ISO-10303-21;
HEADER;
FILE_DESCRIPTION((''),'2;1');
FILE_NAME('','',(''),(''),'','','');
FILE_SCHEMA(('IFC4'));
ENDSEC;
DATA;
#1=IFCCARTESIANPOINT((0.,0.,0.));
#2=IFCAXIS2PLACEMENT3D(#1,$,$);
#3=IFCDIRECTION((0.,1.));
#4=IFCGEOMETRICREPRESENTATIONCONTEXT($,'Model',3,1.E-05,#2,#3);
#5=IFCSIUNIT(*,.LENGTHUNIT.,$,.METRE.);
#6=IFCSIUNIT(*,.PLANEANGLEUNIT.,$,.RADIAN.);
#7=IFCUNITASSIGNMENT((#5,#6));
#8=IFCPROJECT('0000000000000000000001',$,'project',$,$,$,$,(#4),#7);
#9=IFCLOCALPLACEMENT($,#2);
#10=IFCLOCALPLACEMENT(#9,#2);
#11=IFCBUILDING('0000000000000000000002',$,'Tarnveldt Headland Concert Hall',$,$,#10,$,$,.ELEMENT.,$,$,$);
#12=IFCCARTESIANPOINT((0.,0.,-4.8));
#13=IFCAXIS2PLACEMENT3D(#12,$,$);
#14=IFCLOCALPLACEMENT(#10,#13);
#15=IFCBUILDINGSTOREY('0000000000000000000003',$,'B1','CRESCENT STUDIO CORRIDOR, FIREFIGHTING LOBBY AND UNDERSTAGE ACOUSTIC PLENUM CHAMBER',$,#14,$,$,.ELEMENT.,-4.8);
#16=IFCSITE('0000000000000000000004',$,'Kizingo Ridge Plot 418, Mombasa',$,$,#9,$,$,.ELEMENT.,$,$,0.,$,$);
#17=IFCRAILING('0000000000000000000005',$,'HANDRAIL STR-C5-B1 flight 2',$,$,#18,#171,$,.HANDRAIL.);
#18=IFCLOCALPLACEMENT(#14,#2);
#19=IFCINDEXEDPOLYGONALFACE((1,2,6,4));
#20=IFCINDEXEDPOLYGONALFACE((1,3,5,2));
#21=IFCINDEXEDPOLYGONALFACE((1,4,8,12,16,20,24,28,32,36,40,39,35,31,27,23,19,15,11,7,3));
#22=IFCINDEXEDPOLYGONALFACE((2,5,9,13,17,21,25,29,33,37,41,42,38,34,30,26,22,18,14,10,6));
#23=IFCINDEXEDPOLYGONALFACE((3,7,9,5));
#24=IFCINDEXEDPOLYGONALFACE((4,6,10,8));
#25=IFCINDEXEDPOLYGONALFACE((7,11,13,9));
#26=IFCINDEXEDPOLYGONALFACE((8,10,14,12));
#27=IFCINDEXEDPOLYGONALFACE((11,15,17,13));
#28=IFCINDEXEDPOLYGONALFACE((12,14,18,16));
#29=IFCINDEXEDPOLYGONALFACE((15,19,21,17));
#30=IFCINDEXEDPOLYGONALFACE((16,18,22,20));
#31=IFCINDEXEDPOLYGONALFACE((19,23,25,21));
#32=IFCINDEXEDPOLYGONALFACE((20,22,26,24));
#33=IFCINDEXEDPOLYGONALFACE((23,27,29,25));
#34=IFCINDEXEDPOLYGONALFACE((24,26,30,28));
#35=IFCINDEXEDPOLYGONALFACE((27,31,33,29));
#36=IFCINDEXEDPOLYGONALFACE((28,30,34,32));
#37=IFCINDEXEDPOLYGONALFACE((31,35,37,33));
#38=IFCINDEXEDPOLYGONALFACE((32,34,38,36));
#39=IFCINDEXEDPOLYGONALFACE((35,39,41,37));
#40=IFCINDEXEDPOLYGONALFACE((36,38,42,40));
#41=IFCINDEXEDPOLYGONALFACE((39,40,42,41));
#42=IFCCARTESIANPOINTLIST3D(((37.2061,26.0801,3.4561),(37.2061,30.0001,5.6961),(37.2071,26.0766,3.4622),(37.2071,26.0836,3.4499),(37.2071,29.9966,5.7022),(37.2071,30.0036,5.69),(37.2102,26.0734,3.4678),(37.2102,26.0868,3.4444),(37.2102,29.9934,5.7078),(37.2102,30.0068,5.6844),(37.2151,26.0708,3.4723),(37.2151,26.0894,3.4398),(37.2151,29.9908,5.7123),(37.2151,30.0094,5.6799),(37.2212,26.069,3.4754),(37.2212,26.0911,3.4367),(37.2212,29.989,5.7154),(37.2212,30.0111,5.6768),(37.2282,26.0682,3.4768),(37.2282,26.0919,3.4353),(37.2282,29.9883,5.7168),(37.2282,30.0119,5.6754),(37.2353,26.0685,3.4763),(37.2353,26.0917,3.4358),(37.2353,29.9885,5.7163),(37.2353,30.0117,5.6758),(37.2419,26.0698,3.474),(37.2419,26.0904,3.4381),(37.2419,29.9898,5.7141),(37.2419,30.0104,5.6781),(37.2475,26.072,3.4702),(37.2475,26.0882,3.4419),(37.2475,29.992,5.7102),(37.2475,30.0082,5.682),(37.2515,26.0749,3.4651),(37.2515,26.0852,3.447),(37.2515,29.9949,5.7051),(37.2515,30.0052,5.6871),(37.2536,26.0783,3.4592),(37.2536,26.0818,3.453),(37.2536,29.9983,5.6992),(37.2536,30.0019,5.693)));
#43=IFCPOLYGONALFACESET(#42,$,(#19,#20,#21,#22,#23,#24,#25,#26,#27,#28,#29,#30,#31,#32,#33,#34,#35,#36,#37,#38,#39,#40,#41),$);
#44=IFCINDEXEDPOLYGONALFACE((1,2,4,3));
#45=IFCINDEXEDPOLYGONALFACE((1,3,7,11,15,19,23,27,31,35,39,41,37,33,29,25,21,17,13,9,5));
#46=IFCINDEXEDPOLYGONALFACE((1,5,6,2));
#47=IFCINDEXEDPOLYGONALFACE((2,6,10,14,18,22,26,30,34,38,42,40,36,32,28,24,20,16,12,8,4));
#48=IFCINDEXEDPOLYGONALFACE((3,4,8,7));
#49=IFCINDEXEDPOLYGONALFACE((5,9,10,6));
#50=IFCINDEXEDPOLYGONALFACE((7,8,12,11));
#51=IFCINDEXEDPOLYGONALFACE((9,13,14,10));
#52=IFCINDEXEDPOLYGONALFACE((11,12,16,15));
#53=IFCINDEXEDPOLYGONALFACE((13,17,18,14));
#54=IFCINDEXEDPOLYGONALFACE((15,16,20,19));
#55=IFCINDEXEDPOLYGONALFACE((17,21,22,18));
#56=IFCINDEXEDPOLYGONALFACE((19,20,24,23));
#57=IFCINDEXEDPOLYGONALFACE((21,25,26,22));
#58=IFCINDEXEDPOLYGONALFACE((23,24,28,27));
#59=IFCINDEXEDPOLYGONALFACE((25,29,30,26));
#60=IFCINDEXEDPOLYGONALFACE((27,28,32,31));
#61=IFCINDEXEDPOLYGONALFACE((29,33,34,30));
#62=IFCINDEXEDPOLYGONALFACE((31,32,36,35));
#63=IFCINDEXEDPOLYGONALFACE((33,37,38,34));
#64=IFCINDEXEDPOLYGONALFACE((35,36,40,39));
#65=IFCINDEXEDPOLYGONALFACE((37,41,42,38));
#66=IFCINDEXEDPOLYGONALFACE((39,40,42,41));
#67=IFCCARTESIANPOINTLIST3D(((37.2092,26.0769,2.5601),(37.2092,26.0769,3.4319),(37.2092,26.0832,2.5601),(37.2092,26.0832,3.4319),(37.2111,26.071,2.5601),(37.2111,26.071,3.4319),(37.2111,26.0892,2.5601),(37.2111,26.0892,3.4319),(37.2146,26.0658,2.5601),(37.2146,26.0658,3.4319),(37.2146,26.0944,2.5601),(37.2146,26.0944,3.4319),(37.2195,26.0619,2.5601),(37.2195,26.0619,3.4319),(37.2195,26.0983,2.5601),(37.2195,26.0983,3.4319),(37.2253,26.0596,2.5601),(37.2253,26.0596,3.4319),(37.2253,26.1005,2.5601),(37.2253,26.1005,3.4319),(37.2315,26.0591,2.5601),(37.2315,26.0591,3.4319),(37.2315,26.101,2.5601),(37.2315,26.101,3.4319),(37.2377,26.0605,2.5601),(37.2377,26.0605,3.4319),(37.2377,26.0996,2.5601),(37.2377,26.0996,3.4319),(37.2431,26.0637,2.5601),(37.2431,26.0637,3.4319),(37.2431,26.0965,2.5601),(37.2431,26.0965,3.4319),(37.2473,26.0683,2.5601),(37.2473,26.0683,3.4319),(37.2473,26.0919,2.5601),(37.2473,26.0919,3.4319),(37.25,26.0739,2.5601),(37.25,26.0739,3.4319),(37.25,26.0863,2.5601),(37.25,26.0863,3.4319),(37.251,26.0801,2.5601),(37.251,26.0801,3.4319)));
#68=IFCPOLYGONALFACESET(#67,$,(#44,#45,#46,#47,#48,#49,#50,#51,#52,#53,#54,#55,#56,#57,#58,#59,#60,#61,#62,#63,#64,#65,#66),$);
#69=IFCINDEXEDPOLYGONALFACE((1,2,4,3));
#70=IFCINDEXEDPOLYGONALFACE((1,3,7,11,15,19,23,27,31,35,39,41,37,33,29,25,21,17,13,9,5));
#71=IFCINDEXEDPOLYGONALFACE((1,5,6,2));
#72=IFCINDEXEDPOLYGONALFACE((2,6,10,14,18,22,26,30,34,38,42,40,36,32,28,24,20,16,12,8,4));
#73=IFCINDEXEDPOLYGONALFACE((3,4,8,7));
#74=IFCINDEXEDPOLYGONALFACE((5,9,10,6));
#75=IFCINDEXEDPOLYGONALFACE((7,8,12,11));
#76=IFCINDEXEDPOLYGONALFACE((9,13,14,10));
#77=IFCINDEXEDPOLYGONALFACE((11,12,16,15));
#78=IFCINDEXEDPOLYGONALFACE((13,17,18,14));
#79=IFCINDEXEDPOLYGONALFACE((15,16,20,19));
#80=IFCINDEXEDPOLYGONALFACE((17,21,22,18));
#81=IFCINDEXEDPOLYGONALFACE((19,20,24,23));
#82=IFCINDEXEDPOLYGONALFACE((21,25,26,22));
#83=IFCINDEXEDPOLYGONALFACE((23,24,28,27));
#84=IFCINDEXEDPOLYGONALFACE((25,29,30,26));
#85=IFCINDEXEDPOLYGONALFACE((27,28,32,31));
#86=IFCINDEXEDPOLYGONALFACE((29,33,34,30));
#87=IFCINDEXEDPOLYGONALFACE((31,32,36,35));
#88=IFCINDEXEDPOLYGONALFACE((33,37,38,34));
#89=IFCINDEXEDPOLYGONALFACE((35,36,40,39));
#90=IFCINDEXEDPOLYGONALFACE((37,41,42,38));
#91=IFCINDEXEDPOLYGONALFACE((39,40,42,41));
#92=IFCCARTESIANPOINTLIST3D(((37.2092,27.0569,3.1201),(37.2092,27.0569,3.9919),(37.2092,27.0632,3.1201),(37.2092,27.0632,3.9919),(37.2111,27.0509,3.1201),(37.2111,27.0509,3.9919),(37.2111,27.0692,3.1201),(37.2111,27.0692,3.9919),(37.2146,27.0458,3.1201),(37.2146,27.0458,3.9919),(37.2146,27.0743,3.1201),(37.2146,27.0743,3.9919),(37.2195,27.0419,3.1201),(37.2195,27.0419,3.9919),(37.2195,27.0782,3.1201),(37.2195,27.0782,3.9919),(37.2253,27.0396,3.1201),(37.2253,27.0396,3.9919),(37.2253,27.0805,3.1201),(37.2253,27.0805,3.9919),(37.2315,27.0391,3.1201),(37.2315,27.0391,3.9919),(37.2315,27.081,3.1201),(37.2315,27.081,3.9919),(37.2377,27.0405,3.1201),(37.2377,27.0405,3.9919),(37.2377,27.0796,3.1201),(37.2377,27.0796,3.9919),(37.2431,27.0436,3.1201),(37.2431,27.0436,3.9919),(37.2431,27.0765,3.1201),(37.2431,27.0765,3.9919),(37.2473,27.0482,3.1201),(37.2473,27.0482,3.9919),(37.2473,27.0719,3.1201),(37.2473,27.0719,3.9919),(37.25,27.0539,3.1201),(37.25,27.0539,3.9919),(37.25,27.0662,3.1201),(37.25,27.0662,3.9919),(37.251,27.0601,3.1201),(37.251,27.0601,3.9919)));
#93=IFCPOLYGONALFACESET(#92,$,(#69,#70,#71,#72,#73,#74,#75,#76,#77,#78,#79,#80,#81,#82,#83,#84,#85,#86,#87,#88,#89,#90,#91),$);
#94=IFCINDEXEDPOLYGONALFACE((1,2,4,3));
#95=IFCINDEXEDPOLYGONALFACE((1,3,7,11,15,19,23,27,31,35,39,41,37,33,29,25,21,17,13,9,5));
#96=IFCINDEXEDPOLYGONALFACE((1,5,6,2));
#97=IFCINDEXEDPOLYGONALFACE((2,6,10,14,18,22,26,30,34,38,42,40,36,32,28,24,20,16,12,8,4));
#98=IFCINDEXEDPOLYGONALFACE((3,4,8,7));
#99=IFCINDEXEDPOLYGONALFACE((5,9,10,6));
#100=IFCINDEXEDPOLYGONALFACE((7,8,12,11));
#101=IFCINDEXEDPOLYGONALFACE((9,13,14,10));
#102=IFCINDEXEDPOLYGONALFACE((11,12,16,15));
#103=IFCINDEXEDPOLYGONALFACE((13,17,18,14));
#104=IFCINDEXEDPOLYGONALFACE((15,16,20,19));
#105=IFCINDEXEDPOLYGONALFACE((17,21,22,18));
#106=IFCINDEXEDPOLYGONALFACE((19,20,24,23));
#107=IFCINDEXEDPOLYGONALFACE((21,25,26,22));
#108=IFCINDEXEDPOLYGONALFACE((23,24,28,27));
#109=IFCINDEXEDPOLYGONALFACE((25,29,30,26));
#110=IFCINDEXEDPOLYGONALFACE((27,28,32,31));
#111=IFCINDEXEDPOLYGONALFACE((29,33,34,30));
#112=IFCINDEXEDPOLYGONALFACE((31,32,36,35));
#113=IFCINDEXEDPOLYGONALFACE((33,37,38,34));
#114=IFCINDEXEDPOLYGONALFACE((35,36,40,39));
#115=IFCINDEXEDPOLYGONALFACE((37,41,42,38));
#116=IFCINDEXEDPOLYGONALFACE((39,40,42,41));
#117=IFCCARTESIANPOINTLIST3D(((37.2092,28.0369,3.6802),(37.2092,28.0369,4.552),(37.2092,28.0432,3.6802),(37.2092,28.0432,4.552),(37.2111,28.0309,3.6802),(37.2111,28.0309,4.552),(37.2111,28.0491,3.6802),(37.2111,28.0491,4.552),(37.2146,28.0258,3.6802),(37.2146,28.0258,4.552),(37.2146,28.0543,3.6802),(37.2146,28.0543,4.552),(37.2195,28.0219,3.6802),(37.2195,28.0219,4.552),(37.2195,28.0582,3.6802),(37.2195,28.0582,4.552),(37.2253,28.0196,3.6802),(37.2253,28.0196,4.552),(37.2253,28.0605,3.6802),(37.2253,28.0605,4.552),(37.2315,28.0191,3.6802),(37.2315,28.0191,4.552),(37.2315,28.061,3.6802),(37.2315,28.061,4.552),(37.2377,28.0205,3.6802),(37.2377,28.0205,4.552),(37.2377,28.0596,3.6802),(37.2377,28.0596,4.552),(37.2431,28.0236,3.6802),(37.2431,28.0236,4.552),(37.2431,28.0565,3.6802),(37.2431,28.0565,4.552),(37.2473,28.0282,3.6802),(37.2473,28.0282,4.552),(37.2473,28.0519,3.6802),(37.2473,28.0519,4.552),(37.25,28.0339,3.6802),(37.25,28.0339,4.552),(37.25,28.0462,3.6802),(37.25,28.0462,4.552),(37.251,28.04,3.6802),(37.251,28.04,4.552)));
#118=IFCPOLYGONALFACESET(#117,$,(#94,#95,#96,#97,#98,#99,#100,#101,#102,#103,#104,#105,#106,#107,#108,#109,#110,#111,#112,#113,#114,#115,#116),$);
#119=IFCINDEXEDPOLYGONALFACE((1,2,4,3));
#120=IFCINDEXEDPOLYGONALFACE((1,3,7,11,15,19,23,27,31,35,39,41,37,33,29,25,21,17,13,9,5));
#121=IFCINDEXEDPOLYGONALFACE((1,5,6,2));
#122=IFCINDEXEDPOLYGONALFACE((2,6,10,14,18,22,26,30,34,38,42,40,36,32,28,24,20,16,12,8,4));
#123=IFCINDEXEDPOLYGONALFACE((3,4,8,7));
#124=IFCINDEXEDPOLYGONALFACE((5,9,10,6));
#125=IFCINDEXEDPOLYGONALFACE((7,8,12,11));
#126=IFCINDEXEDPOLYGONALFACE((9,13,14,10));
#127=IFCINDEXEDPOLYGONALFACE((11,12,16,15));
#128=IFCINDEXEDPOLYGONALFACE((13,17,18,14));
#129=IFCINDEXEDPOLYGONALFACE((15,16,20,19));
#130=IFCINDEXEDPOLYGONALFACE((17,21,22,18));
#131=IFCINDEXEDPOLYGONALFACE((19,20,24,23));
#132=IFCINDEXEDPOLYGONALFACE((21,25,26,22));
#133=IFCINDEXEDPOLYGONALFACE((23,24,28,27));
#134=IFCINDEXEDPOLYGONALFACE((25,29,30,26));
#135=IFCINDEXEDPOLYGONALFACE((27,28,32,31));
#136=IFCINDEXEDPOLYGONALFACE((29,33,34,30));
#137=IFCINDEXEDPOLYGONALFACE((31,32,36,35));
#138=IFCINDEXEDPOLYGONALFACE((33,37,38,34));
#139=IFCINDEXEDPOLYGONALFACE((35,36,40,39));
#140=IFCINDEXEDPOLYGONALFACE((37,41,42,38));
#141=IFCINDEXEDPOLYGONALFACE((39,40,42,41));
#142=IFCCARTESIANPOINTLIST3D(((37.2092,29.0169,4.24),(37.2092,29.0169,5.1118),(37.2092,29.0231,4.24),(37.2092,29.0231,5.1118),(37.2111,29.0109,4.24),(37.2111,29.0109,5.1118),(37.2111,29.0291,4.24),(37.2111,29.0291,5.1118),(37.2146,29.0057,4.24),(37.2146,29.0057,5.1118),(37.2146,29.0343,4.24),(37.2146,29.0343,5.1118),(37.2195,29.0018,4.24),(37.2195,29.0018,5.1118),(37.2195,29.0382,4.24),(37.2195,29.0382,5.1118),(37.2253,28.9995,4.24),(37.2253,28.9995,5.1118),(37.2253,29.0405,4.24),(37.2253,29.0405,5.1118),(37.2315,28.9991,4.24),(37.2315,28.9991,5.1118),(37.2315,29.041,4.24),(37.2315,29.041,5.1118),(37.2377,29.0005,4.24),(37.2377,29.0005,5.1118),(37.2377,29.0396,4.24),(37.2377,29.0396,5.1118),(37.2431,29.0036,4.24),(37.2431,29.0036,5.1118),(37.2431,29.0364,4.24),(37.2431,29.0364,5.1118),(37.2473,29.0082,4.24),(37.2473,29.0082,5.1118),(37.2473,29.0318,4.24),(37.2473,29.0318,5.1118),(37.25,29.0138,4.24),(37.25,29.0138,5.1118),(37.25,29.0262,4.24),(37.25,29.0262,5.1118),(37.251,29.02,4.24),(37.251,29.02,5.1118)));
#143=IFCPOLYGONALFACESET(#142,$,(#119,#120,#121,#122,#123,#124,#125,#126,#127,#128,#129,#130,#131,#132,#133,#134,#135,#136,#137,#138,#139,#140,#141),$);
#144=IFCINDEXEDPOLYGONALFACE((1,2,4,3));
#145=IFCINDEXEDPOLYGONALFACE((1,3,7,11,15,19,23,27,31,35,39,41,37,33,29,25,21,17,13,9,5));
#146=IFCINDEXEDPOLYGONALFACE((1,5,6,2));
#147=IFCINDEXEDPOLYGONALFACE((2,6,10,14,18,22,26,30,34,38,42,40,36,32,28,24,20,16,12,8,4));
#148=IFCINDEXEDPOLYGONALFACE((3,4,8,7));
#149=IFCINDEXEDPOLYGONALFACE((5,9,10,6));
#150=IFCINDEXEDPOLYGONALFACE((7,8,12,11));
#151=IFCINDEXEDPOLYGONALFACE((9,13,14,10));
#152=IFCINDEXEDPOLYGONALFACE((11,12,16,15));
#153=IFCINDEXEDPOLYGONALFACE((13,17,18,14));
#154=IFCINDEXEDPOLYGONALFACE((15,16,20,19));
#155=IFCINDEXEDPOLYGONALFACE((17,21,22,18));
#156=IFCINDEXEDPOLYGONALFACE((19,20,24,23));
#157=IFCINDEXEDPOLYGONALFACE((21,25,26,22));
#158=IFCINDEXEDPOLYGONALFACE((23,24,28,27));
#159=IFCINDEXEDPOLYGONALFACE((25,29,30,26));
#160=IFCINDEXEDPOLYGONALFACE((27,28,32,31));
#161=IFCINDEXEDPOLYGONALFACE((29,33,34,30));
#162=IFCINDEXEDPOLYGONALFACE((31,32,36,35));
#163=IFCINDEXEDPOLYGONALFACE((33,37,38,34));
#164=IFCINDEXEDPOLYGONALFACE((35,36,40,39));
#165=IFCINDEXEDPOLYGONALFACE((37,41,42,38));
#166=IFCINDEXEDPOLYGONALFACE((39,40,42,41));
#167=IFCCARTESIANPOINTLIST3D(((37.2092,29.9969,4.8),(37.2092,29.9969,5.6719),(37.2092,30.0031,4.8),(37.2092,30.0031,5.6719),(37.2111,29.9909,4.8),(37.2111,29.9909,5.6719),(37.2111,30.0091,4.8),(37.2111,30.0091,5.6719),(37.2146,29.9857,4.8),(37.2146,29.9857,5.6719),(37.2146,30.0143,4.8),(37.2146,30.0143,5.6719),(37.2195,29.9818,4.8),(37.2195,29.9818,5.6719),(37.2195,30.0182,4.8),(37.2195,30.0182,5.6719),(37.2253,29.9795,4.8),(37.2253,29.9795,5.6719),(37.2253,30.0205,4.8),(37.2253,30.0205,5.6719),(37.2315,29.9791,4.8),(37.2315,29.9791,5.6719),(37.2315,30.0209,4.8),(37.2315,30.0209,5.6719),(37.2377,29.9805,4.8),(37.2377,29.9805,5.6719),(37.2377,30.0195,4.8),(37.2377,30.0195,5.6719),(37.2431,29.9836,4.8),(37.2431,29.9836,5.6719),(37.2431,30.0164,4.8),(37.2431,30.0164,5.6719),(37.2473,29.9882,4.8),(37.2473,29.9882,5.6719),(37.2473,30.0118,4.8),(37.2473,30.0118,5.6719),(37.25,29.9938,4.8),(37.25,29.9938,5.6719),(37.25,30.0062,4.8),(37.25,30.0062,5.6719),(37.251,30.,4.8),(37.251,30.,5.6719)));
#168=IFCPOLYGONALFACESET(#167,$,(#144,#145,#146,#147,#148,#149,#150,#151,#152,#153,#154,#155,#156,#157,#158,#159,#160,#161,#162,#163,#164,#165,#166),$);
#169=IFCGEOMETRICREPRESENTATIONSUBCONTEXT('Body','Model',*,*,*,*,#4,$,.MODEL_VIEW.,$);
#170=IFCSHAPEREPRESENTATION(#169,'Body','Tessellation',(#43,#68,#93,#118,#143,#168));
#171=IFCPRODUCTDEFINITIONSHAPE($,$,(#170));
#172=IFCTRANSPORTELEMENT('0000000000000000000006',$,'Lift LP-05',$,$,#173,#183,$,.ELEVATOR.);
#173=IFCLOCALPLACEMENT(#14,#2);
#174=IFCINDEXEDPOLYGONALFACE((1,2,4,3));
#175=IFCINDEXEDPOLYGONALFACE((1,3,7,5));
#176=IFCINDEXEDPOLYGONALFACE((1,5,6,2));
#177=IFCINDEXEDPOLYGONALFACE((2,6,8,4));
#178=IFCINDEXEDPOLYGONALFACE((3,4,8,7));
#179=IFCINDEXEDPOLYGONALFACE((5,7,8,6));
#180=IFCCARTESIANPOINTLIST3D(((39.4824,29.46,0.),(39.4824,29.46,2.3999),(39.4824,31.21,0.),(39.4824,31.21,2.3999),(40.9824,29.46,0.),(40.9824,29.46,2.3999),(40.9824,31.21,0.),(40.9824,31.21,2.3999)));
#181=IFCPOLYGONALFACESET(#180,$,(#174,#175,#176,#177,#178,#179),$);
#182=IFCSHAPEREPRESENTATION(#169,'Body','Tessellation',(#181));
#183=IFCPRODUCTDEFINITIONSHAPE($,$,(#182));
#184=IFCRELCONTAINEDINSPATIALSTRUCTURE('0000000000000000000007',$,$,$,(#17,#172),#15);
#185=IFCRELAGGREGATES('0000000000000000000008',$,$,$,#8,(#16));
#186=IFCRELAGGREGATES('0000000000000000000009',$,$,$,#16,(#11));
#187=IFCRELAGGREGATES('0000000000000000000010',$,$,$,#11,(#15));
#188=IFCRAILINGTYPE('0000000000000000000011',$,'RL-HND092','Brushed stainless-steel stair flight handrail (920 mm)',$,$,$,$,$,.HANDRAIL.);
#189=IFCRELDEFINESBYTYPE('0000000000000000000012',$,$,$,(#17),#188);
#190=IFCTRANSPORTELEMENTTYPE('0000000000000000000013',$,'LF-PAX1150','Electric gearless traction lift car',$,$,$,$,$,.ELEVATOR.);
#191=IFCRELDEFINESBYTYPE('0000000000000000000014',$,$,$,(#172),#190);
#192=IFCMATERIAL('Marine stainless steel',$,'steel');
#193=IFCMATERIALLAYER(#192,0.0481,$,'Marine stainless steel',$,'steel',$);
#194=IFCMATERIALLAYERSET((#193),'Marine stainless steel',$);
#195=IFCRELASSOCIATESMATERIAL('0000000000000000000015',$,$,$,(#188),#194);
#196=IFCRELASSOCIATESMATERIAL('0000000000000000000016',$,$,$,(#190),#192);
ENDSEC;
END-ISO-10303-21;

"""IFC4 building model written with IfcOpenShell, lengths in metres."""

from ifc_helpers import new_model, si_unit, direction, frame, origin, origin_2d, place, context, subcontext, project, spatial, rectangle, circle, extrude, material, layer, layer_set, type_object, element, save


model = new_model("IFC4")

# Units and contexts
model_context = context("Model", 3, precision=1e-05, world=origin(), true_north=direction((0.0, 1.0)))
body_context = subcontext(model_context, "Body", "Model", "MODEL_VIEW")
ifc_project = project(units=[si_unit("LENGTHUNIT", "METRE"), si_unit("PLANEANGLEUNIT", "RADIAN")], contexts=[model_context])

# Site, building, storey
site_placement = place(None, origin())
site = spatial("IfcSite", under=ifc_project, at=site_placement, Name="Kizingo Ridge Plot 418, Mombasa", CompositionType="ELEMENT", RefElevation=0.0)
building_placement = place(site_placement, origin())
building = spatial("IfcBuilding", under=site, at=building_placement, Name="Tarnveldt Headland Concert Hall", CompositionType="ELEMENT")
storey_placement = place(building_placement, frame((0.0, 0.0, -4.8)))
storey = spatial("IfcBuildingStorey", under=building, at=storey_placement, Name="B1", Description="CRESCENT STUDIO CORRIDOR, FIREFIGHTING LOBBY AND UNDERSTAGE ACOUSTIC PLENUM CHAMBER", CompositionType="ELEMENT", Elevation=-4.8)

# Railing
ifc_material_1 = material(Name="Marine stainless steel", Category="steel")
ifc_layer_1 = layer(ifc_material_1, 0.0481, Name="Marine stainless steel", Category="steel")
ifc_layer_set_1 = layer_set([ifc_layer_1], Name="Marine stainless steel")
railing_type_1 = type_object("IfcRailingType", Name="RL-HND092", Description="Brushed stainless-steel stair flight handrail (920 mm)", PredefinedType="HANDRAIL", material=ifc_layer_set_1)
railing_1_placement = place(storey_placement, frame((37.23, 26.0801, 2.5601)))
element("IfcRailing", 1, at=railing_1_placement, inside=storey, type_object=railing_type_1, Name="HANDRAIL STR-C5-B1 flight 2", PredefinedType="HANDRAIL", context=body_context, shape_type="SweptSolid", body=[
    extrude(circle(Radius=0.0239, at=origin_2d()), frame((0.0, 0.0, 0.896), z_axis=(0.0, 0.86824, 0.496145), x_axis=(-1.0, 0.0, 0.0)), (0.0, 0.0, 1.0), 4.5149),
    extrude(circle(Radius=0.021, at=origin_2d()), origin(), (0.0, 0.0, 1.0), 0.8718),
    extrude(circle(Radius=0.021, at=origin_2d()), frame((0.0, 0.98, 0.5601)), (0.0, 0.0, 1.0), 0.8718),
    extrude(circle(Radius=0.021, at=origin_2d()), frame((0.0, 1.96, 1.1201)), (0.0, 0.0, 1.0), 0.8718),
    extrude(circle(Radius=0.021, at=origin_2d()), frame((0.0, 2.9399, 1.6799)), (0.0, 0.0, 1.0), 0.8718),
    extrude(circle(Radius=0.021, at=origin_2d()), frame((0.0, 3.9199, 2.24)), (0.0, 0.0, 1.0), 0.8718),
])

# Transport element
transport_element_type = type_object("IfcTransportElementType", Name="LF-PAX1150", Description="Electric gearless traction lift car", PredefinedType="ELEVATOR", material=ifc_material_1)
transport_element_placement = place(storey_placement, frame((40.2324, 30.335, 0.0), z_axis=(0.0, 0.0, 1.0), x_axis=(1.0, 0.0, 0.0)))
element("IfcTransportElement", 2, at=transport_element_placement, inside=storey, type_object=transport_element_type, Name="Lift LP-05", PredefinedType="ELEVATOR", context=body_context, shape_type="SweptSolid", body=[
    extrude(rectangle(XDim=1.5, YDim=1.75, at=origin_2d()), origin(), (0.0, 0.0, 1.0), 2.3999),
])

save(model, "model.ifc")
